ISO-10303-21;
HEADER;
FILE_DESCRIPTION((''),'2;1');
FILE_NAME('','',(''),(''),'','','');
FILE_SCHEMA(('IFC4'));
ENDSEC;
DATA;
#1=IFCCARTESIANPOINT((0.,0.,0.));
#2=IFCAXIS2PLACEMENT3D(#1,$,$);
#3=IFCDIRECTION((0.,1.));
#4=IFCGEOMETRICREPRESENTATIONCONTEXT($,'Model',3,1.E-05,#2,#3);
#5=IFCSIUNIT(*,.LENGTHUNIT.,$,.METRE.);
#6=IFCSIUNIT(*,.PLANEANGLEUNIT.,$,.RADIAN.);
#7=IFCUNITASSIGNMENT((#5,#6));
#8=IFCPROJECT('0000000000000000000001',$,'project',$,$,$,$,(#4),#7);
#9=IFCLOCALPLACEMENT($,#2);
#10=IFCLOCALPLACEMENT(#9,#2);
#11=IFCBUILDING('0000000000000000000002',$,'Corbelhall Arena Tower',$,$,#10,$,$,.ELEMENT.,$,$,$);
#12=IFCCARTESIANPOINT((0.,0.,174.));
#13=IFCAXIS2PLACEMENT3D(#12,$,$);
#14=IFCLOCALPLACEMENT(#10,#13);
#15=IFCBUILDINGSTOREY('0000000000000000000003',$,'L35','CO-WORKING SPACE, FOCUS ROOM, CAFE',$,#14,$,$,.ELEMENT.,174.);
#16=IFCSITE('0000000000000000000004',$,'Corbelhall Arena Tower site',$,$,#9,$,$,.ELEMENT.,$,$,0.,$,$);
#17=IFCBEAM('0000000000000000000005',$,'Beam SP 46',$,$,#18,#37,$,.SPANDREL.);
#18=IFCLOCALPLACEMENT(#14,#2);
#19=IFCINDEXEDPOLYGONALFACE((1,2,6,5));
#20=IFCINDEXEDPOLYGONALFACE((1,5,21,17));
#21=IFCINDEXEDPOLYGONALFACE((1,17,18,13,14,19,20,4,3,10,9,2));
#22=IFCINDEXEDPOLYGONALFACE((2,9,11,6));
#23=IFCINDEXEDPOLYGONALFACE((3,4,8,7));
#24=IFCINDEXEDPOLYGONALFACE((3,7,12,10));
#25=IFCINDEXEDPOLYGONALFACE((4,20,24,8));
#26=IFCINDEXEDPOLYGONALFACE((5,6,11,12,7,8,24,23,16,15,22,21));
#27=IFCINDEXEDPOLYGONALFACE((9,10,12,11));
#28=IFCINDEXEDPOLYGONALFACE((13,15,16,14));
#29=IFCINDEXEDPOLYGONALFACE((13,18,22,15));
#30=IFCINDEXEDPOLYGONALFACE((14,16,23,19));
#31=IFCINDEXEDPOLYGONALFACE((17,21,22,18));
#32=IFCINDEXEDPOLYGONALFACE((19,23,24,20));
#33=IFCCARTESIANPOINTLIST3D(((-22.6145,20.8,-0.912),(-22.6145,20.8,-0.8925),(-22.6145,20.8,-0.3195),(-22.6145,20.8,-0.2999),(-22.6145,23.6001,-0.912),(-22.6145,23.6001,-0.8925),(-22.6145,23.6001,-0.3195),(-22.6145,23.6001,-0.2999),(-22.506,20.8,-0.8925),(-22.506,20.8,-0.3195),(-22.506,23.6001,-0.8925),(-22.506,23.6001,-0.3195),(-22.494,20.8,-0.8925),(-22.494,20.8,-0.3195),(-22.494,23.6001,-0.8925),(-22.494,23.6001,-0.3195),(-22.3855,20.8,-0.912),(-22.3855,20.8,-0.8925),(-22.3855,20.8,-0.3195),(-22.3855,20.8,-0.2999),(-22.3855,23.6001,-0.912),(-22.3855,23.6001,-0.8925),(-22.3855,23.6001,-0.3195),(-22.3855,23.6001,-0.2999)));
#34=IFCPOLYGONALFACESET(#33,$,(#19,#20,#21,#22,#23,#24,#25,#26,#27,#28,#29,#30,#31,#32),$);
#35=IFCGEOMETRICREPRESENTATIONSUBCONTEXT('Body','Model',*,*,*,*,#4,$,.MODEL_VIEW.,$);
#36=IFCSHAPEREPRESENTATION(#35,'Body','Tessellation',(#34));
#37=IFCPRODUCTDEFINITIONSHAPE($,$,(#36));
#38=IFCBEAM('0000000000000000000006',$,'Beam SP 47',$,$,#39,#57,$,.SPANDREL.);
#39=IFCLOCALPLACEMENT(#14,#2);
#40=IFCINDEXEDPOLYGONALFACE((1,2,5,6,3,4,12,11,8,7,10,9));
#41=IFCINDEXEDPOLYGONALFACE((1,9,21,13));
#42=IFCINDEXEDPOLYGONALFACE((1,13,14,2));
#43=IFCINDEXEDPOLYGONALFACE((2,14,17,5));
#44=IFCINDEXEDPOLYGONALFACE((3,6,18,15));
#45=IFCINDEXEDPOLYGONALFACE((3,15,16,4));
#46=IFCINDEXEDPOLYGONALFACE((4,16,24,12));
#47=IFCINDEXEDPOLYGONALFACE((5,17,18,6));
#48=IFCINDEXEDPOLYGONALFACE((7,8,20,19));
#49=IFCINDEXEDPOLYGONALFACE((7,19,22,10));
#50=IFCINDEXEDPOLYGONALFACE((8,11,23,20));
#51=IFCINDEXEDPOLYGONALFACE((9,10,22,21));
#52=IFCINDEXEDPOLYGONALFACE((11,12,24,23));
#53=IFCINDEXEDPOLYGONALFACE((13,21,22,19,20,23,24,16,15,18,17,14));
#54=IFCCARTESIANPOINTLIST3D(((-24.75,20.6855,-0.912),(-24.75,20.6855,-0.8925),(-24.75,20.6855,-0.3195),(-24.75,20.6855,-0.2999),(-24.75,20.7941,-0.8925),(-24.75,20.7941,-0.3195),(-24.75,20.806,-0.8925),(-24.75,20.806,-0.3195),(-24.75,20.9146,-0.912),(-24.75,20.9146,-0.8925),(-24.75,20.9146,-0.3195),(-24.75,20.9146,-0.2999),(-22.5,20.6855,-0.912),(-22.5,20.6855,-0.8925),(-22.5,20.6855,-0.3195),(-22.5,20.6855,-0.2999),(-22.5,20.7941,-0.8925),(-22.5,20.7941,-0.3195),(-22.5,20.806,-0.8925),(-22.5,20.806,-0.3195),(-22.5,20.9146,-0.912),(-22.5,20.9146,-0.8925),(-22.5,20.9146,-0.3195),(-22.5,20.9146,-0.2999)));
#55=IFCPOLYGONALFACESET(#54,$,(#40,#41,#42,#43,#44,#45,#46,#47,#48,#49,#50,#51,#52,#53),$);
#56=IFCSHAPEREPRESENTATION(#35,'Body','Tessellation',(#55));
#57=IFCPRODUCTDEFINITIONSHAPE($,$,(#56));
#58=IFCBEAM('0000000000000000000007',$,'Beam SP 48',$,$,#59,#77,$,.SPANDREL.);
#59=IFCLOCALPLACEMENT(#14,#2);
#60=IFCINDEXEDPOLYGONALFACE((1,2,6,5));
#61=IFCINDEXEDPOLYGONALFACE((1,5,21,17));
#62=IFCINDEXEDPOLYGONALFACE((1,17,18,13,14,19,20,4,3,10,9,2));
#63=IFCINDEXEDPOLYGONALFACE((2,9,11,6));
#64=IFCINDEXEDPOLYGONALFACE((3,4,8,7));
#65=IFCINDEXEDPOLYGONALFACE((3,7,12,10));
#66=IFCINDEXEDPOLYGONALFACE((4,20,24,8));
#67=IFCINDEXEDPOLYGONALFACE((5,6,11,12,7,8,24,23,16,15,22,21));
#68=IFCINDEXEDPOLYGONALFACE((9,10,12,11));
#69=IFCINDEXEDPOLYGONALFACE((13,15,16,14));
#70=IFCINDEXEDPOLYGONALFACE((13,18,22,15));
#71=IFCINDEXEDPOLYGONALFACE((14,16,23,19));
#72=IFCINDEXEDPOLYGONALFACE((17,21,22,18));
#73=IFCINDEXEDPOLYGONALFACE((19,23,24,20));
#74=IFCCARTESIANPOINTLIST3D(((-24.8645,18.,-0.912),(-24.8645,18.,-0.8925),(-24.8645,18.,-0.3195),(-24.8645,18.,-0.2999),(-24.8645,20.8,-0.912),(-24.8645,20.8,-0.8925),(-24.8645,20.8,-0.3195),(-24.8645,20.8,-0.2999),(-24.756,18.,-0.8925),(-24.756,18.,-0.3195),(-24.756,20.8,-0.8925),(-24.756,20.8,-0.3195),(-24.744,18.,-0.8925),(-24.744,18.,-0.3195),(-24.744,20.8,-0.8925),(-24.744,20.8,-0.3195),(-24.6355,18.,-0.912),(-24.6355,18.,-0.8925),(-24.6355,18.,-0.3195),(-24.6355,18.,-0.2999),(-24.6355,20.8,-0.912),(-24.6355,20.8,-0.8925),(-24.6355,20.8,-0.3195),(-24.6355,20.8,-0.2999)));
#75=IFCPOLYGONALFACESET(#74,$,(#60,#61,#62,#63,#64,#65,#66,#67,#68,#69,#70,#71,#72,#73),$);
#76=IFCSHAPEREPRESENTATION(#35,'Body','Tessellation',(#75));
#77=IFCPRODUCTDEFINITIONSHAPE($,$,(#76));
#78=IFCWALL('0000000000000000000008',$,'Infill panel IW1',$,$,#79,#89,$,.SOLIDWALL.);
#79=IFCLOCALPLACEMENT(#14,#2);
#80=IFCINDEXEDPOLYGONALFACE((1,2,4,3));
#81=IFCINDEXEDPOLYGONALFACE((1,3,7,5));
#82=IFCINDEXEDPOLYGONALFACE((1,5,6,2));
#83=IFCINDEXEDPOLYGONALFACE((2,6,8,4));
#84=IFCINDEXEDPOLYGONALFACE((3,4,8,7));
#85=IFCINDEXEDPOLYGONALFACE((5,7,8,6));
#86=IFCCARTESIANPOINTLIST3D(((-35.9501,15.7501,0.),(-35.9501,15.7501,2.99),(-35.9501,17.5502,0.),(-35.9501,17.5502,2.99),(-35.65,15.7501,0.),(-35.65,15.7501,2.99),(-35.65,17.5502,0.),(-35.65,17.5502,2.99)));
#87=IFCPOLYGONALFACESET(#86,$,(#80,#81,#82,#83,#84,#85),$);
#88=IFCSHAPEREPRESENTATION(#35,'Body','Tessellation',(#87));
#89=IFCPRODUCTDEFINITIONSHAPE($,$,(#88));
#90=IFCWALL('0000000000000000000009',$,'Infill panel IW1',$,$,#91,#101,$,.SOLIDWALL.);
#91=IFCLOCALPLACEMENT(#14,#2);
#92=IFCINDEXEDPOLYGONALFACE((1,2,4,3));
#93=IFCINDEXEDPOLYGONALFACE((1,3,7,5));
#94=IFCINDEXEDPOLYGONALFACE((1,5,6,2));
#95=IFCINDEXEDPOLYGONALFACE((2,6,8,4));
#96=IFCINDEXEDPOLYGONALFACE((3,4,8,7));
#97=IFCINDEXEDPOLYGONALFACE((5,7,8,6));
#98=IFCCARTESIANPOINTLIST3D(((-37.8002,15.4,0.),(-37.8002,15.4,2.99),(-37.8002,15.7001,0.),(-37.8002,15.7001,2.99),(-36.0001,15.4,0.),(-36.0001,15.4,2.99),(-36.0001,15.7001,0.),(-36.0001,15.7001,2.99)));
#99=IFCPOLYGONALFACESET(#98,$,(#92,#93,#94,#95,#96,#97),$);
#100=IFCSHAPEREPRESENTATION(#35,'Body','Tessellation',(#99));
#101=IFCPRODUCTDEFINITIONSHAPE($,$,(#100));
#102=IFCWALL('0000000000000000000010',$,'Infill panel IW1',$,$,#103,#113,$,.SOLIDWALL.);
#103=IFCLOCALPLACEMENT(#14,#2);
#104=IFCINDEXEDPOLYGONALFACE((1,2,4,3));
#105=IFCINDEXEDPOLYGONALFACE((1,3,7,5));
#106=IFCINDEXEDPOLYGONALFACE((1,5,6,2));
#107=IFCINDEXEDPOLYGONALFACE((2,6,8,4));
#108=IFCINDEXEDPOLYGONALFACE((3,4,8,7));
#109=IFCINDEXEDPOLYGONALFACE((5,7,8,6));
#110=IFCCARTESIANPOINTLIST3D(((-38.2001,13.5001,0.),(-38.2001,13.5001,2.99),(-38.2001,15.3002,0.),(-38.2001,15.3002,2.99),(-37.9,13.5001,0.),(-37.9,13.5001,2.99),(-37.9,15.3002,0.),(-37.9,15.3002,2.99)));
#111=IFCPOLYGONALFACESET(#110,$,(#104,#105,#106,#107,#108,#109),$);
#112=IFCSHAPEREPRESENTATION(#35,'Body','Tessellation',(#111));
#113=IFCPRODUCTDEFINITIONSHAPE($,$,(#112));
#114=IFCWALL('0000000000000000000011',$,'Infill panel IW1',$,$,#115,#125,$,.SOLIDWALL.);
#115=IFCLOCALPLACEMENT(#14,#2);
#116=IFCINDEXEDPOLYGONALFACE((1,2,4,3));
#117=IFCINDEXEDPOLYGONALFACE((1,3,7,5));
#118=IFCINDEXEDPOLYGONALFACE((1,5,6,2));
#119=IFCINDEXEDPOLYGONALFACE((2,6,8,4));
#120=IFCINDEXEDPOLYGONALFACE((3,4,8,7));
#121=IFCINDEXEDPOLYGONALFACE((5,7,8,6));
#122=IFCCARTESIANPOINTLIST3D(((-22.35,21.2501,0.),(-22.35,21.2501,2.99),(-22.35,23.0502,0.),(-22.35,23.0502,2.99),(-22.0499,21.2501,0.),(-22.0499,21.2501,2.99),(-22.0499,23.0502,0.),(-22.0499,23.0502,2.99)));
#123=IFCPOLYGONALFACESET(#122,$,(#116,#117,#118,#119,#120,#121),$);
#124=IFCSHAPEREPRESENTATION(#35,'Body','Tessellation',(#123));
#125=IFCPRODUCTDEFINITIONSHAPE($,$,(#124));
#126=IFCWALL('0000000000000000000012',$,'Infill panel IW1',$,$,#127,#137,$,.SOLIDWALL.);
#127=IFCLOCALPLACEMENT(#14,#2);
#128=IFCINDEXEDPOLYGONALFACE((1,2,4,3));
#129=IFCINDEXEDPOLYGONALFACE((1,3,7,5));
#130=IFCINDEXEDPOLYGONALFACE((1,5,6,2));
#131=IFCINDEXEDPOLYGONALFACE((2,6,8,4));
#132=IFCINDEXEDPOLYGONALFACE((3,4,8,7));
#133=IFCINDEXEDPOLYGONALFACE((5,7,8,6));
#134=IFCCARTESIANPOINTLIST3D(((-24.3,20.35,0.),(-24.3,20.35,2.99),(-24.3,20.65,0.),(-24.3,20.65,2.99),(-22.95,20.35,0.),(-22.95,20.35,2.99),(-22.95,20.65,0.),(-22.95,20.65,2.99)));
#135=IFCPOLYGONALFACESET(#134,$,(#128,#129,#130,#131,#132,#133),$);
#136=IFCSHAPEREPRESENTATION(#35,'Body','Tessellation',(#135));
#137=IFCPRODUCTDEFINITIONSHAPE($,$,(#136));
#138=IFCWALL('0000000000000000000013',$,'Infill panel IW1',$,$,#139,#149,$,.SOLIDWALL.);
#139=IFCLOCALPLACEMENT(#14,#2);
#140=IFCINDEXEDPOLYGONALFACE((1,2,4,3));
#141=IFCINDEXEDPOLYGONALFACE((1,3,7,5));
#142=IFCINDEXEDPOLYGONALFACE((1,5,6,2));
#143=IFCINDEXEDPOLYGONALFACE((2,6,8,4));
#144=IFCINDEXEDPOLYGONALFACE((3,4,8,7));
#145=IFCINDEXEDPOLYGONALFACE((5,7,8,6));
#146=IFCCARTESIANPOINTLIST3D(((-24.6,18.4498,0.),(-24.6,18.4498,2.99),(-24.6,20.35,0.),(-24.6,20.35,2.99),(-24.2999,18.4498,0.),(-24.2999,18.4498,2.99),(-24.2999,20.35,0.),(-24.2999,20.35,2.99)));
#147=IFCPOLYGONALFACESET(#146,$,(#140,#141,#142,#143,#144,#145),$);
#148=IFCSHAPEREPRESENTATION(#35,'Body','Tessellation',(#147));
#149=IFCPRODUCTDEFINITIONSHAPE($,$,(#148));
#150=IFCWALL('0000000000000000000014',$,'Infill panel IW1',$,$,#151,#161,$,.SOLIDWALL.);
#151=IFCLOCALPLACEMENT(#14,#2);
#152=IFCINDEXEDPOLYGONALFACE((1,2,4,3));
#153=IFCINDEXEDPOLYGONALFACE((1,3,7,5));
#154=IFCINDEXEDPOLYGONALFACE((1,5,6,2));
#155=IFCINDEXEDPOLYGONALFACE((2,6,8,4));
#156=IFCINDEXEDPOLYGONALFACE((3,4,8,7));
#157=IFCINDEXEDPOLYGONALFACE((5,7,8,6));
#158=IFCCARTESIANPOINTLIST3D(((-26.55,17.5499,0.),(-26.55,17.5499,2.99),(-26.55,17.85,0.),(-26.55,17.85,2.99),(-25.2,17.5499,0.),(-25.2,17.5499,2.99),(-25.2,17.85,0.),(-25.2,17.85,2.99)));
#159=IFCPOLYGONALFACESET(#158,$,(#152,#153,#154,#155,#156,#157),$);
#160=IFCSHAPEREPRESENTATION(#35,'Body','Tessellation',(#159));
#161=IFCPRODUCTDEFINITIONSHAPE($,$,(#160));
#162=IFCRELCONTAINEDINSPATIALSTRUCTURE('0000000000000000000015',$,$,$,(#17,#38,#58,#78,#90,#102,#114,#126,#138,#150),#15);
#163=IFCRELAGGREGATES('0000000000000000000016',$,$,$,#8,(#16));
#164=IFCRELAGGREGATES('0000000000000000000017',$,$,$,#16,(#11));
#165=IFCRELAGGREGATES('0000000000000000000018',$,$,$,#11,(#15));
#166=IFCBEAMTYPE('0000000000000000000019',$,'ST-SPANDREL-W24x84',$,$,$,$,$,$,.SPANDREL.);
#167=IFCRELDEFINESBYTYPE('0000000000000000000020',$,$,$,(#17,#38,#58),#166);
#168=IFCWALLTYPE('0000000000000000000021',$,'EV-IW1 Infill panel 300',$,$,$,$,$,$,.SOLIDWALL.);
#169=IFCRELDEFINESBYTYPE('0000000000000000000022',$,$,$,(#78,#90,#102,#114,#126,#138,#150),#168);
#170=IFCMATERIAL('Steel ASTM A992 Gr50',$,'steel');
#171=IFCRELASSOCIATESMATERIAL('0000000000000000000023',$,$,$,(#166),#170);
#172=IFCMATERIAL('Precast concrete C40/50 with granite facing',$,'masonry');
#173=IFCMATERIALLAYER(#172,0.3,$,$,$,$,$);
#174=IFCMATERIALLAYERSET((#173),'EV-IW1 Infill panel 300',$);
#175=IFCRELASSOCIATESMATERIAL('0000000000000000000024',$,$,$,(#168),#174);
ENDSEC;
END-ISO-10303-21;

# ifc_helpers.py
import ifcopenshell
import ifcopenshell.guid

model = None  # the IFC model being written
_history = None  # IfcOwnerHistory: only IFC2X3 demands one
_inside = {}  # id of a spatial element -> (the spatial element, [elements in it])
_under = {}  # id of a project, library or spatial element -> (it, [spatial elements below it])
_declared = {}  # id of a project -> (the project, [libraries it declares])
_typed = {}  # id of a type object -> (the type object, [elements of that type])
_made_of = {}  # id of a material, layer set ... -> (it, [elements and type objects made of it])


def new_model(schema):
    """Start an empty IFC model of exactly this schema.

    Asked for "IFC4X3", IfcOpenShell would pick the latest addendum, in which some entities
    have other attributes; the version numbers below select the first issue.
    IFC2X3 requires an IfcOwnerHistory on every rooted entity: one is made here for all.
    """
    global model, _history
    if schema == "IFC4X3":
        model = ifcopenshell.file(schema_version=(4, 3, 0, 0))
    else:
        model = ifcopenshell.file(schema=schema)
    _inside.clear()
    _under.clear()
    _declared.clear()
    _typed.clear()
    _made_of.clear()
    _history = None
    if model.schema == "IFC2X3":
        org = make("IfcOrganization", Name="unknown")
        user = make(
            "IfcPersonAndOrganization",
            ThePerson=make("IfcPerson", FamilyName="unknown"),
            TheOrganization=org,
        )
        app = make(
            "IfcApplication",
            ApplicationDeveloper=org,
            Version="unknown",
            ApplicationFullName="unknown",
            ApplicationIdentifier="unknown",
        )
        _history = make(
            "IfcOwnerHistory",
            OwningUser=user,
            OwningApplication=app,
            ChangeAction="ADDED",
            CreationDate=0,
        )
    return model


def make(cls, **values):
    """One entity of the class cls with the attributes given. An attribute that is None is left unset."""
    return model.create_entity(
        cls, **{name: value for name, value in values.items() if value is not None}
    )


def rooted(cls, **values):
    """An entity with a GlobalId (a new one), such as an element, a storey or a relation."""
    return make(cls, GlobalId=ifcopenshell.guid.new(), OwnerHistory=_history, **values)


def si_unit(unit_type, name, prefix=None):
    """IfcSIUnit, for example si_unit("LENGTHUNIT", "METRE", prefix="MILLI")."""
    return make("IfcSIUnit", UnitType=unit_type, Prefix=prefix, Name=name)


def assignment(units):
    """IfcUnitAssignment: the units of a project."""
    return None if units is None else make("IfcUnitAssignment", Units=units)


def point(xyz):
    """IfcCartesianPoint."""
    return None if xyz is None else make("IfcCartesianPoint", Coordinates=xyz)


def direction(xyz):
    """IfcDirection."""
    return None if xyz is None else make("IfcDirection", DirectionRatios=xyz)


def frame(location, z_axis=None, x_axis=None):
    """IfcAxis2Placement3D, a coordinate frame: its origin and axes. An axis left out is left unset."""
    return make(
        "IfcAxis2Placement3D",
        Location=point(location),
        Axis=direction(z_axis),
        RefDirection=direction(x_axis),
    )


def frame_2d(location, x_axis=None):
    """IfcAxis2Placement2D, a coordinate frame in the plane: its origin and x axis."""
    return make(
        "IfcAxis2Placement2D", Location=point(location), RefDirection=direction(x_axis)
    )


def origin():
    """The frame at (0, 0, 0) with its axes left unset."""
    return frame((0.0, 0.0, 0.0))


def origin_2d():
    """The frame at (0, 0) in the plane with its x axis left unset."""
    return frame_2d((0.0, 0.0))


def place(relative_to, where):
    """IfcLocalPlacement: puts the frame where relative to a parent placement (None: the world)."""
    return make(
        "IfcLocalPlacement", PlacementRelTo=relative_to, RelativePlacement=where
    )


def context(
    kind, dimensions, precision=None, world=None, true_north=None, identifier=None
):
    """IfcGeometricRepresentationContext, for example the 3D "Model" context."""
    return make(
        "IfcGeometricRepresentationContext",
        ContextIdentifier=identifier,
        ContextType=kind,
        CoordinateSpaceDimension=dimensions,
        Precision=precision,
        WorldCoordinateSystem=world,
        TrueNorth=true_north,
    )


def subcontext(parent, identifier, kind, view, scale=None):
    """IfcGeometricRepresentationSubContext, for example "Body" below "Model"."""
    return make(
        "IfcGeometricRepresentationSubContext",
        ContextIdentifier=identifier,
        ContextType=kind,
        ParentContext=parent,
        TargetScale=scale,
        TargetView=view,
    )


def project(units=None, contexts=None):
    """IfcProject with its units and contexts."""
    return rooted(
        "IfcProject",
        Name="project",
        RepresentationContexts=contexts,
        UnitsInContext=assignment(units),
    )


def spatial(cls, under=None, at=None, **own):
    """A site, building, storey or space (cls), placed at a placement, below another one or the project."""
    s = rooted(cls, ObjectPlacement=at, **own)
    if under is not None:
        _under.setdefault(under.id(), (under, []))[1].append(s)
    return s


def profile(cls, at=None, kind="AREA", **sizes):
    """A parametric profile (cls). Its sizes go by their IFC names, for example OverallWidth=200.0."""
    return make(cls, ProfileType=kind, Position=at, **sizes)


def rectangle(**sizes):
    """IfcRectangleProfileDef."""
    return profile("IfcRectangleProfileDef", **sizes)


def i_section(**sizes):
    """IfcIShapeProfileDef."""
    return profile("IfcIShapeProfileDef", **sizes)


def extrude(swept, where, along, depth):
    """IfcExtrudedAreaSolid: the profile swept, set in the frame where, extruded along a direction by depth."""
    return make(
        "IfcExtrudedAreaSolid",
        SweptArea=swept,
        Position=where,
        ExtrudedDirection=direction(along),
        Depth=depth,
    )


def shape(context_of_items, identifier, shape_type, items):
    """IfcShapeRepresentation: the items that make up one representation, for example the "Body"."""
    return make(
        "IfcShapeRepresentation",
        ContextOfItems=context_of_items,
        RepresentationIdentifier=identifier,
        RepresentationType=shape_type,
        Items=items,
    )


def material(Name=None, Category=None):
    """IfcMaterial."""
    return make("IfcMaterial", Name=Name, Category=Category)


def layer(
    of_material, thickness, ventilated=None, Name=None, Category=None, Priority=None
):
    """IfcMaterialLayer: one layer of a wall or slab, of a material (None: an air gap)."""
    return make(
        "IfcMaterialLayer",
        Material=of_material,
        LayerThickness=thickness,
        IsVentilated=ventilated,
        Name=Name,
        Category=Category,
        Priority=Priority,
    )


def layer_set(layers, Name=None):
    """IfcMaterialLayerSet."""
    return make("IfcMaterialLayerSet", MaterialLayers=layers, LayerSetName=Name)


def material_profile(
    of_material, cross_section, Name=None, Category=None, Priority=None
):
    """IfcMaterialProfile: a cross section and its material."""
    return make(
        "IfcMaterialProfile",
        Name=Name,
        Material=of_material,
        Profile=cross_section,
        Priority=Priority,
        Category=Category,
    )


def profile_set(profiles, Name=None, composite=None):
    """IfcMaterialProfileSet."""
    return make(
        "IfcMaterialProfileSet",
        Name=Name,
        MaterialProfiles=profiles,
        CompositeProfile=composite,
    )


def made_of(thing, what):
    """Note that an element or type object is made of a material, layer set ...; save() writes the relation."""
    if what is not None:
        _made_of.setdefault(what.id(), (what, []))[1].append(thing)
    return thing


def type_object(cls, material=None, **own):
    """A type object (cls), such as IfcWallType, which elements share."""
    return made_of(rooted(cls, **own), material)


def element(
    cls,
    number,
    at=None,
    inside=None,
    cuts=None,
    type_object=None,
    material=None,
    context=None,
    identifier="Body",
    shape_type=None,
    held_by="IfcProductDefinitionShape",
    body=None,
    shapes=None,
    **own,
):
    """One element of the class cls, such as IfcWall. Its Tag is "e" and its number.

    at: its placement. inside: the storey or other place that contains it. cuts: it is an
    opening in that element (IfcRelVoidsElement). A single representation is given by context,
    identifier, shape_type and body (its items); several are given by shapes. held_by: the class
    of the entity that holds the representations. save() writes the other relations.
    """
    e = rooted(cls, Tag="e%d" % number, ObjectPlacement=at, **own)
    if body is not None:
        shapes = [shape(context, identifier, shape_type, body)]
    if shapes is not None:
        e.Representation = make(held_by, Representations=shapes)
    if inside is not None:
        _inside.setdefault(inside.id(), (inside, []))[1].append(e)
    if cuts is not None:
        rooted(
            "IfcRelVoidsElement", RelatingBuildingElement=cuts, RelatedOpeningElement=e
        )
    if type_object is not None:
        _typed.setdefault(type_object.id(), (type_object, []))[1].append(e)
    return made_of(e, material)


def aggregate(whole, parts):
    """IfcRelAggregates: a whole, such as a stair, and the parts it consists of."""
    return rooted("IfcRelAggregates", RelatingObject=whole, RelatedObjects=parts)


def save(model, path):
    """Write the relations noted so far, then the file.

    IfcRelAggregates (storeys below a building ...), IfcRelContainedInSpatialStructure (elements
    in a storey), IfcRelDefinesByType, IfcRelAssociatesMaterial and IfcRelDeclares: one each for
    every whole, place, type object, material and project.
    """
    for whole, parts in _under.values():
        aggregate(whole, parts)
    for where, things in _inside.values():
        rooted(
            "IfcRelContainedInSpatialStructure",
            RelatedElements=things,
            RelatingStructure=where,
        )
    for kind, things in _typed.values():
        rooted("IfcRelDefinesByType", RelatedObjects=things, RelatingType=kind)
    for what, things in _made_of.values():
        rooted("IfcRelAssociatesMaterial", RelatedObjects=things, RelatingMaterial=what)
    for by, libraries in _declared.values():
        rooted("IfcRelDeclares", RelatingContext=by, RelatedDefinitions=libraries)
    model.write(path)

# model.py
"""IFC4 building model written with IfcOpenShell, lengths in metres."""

from ifc_helpers import new_model, si_unit, direction, frame, frame_2d, origin, origin_2d, place, context, subcontext, project, spatial, rectangle, i_section, extrude, material, layer, layer_set, material_profile, profile_set, type_object, element, save


model = new_model("IFC4")

# Units and contexts
model_context = context("Model", 3, precision=1e-05, world=origin(), true_north=direction((0.0, 1.0)))
body_context = subcontext(model_context, "Body", "Model", "MODEL_VIEW")
ifc_project = project(units=[si_unit("LENGTHUNIT", "METRE"), si_unit("PLANEANGLEUNIT", "RADIAN")], contexts=[model_context])

# Site, building, storey
site_placement = place(None, origin())
site = spatial("IfcSite", under=ifc_project, at=site_placement, Name="Corbelhall Arena Tower site", CompositionType="ELEMENT", RefElevation=0.0)
building_placement = place(site_placement, origin())
building = spatial("IfcBuilding", under=site, at=building_placement, Name="Corbelhall Arena Tower", CompositionType="ELEMENT")
storey_placement = place(building_placement, frame((0.0, 0.0, 174.0)))
storey = spatial("IfcBuildingStorey", under=building, at=storey_placement, Name="L35", Description="CO-WORKING SPACE, FOCUS ROOM, CAFE", CompositionType="ELEMENT", Elevation=174.0)

# Beams
ifc_material_1 = material(Name="Steel ASTM A992 Gr50", Category="steel")
ifc_material_profile_1 = material_profile(ifc_material_1, i_section(OverallWidth=0.229, OverallDepth=0.6121, WebThickness=0.012, FlangeThickness=0.0195, at=origin_2d()))
ifc_profile_set_1 = profile_set([ifc_material_profile_1], Name="Steel ASTM A992 Gr50")
beam_type = type_object("IfcBeamType", Name="ST-SPANDREL-W24x84", PredefinedType="SPANDREL", material=ifc_profile_set_1)
beam_1_placement = place(storey_placement, frame((-22.5, 20.8, -0.606), z_axis=(0.0, 1.0, 0.0), x_axis=(-1.0, 0.0, 0.0)))
element("IfcBeam", 1, at=beam_1_placement, inside=storey, type_object=beam_type, Name="Beam SP 46", PredefinedType="SPANDREL", context=body_context, shape_type="SweptSolid", body=[
    extrude(i_section(OverallWidth=0.229, OverallDepth=0.6121, WebThickness=0.012, FlangeThickness=0.0195, at=origin_2d()), origin(), (0.0, 0.0, 1.0), 2.8),
])
beam_2_placement = place(storey_placement, frame((-24.75, 20.8, -0.606), z_axis=(1.0, 0.0, 0.0), x_axis=(0.0, 1.0, 0.0)))
element("IfcBeam", 2, at=beam_2_placement, inside=storey, type_object=beam_type, Name="Beam SP 47", PredefinedType="SPANDREL", context=body_context, shape_type="SweptSolid", body=[
    extrude(i_section(OverallWidth=0.229, OverallDepth=0.6121, WebThickness=0.012, FlangeThickness=0.0195, at=origin_2d()), origin(), (0.0, 0.0, 1.0), 2.25),
])
beam_3_placement = place(storey_placement, frame((-24.75, 18.0, -0.606), z_axis=(0.0, 1.0, 0.0), x_axis=(-1.0, 0.0, 0.0)))
element("IfcBeam", 3, at=beam_3_placement, inside=storey, type_object=beam_type, Name="Beam SP 48", PredefinedType="SPANDREL", context=body_context, shape_type="SweptSolid", body=[
    extrude(i_section(OverallWidth=0.229, OverallDepth=0.6121, WebThickness=0.012, FlangeThickness=0.0195, at=origin_2d()), origin(), (0.0, 0.0, 1.0), 2.8),
])

# Walls
ifc_material_2 = material(Name="Precast concrete C40/50 with granite facing", Category="masonry")
ifc_layer_1 = layer(ifc_material_2, 0.3)
ifc_layer_set_1 = layer_set([ifc_layer_1], Name="EV-IW1 Infill panel 300")
wall_type_1 = type_object("IfcWallType", Name="EV-IW1 Infill panel 300", PredefinedType="SOLIDWALL", material=ifc_layer_set_1)
for number, where, z_axis, x_axis, name in (
    (4, (-35.8, 17.55, 0.0), (0.0, 0.0, 1.0), (0.0, -1.0, 0.0), "Infill panel IW1"),
    (5, (-37.8, 15.55, 0.0), (0.0, 0.0, 1.0), (1.0, 0.0, 0.0), "Infill panel IW1"),
    (6, (-38.05, 15.3, 0.0), (0.0, 0.0, 1.0), (0.0, -1.0, 0.0), "Infill panel IW1"),
    (7, (-22.2, 23.05, 0.0), (0.0, 0.0, 1.0), (0.0, -1.0, 0.0), "Infill panel IW1"),
):
    element("IfcWall", number, at=place(storey_placement, frame(where, z_axis=z_axis, x_axis=x_axis)), inside=storey, type_object=wall_type_1, Name=name, PredefinedType="SOLIDWALL", context=body_context, shape_type="SweptSolid", body=[
        extrude(rectangle(XDim=1.8, YDim=0.3, at=frame_2d((0.8999, 0.0))), origin(), (0.0, 0.0, 1.0), 2.99),
    ])
wall_1_placement = place(storey_placement, frame((-22.95, 20.5, 0.0), z_axis=(0.0, 0.0, 1.0), x_axis=(-1.0, 0.0, 0.0)))
element("IfcWall", 8, at=wall_1_placement, inside=storey, type_object=wall_type_1, Name="Infill panel IW1", PredefinedType="SOLIDWALL", context=body_context, shape_type="SweptSolid", body=[
    extrude(rectangle(XDim=1.3501, YDim=0.3, at=frame_2d((0.675, 0.0))), origin(), (0.0, 0.0, 1.0), 2.99),
])
wall_2_placement = place(storey_placement, frame((-24.45, 20.3501, 0.0), z_axis=(0.0, 0.0, 1.0), x_axis=(0.0, -1.0, 0.0)))
element("IfcWall", 9, at=wall_2_placement, inside=storey, type_object=wall_type_1, Name="Infill panel IW1", PredefinedType="SOLIDWALL", context=body_context, shape_type="SweptSolid", body=[
    extrude(rectangle(XDim=1.9001, YDim=0.3, at=frame_2d((0.9502, 0.0))), origin(), (0.0, 0.0, 1.0), 2.99),
])
wall_3_placement = place(storey_placement, frame((-25.2, 17.7, 0.0), z_axis=(0.0, 0.0, 1.0), x_axis=(-1.0, 0.0, 0.0)))
element("IfcWall", 10, at=wall_3_placement, inside=storey, type_object=wall_type_1, Name="Infill panel IW1", PredefinedType="SOLIDWALL", context=body_context, shape_type="SweptSolid", body=[
    extrude(rectangle(XDim=1.3501, YDim=0.3, at=frame_2d((0.675, 0.0))), origin(), (0.0, 0.0, 1.0), 2.99),
])

save(model, "model.ifc")
